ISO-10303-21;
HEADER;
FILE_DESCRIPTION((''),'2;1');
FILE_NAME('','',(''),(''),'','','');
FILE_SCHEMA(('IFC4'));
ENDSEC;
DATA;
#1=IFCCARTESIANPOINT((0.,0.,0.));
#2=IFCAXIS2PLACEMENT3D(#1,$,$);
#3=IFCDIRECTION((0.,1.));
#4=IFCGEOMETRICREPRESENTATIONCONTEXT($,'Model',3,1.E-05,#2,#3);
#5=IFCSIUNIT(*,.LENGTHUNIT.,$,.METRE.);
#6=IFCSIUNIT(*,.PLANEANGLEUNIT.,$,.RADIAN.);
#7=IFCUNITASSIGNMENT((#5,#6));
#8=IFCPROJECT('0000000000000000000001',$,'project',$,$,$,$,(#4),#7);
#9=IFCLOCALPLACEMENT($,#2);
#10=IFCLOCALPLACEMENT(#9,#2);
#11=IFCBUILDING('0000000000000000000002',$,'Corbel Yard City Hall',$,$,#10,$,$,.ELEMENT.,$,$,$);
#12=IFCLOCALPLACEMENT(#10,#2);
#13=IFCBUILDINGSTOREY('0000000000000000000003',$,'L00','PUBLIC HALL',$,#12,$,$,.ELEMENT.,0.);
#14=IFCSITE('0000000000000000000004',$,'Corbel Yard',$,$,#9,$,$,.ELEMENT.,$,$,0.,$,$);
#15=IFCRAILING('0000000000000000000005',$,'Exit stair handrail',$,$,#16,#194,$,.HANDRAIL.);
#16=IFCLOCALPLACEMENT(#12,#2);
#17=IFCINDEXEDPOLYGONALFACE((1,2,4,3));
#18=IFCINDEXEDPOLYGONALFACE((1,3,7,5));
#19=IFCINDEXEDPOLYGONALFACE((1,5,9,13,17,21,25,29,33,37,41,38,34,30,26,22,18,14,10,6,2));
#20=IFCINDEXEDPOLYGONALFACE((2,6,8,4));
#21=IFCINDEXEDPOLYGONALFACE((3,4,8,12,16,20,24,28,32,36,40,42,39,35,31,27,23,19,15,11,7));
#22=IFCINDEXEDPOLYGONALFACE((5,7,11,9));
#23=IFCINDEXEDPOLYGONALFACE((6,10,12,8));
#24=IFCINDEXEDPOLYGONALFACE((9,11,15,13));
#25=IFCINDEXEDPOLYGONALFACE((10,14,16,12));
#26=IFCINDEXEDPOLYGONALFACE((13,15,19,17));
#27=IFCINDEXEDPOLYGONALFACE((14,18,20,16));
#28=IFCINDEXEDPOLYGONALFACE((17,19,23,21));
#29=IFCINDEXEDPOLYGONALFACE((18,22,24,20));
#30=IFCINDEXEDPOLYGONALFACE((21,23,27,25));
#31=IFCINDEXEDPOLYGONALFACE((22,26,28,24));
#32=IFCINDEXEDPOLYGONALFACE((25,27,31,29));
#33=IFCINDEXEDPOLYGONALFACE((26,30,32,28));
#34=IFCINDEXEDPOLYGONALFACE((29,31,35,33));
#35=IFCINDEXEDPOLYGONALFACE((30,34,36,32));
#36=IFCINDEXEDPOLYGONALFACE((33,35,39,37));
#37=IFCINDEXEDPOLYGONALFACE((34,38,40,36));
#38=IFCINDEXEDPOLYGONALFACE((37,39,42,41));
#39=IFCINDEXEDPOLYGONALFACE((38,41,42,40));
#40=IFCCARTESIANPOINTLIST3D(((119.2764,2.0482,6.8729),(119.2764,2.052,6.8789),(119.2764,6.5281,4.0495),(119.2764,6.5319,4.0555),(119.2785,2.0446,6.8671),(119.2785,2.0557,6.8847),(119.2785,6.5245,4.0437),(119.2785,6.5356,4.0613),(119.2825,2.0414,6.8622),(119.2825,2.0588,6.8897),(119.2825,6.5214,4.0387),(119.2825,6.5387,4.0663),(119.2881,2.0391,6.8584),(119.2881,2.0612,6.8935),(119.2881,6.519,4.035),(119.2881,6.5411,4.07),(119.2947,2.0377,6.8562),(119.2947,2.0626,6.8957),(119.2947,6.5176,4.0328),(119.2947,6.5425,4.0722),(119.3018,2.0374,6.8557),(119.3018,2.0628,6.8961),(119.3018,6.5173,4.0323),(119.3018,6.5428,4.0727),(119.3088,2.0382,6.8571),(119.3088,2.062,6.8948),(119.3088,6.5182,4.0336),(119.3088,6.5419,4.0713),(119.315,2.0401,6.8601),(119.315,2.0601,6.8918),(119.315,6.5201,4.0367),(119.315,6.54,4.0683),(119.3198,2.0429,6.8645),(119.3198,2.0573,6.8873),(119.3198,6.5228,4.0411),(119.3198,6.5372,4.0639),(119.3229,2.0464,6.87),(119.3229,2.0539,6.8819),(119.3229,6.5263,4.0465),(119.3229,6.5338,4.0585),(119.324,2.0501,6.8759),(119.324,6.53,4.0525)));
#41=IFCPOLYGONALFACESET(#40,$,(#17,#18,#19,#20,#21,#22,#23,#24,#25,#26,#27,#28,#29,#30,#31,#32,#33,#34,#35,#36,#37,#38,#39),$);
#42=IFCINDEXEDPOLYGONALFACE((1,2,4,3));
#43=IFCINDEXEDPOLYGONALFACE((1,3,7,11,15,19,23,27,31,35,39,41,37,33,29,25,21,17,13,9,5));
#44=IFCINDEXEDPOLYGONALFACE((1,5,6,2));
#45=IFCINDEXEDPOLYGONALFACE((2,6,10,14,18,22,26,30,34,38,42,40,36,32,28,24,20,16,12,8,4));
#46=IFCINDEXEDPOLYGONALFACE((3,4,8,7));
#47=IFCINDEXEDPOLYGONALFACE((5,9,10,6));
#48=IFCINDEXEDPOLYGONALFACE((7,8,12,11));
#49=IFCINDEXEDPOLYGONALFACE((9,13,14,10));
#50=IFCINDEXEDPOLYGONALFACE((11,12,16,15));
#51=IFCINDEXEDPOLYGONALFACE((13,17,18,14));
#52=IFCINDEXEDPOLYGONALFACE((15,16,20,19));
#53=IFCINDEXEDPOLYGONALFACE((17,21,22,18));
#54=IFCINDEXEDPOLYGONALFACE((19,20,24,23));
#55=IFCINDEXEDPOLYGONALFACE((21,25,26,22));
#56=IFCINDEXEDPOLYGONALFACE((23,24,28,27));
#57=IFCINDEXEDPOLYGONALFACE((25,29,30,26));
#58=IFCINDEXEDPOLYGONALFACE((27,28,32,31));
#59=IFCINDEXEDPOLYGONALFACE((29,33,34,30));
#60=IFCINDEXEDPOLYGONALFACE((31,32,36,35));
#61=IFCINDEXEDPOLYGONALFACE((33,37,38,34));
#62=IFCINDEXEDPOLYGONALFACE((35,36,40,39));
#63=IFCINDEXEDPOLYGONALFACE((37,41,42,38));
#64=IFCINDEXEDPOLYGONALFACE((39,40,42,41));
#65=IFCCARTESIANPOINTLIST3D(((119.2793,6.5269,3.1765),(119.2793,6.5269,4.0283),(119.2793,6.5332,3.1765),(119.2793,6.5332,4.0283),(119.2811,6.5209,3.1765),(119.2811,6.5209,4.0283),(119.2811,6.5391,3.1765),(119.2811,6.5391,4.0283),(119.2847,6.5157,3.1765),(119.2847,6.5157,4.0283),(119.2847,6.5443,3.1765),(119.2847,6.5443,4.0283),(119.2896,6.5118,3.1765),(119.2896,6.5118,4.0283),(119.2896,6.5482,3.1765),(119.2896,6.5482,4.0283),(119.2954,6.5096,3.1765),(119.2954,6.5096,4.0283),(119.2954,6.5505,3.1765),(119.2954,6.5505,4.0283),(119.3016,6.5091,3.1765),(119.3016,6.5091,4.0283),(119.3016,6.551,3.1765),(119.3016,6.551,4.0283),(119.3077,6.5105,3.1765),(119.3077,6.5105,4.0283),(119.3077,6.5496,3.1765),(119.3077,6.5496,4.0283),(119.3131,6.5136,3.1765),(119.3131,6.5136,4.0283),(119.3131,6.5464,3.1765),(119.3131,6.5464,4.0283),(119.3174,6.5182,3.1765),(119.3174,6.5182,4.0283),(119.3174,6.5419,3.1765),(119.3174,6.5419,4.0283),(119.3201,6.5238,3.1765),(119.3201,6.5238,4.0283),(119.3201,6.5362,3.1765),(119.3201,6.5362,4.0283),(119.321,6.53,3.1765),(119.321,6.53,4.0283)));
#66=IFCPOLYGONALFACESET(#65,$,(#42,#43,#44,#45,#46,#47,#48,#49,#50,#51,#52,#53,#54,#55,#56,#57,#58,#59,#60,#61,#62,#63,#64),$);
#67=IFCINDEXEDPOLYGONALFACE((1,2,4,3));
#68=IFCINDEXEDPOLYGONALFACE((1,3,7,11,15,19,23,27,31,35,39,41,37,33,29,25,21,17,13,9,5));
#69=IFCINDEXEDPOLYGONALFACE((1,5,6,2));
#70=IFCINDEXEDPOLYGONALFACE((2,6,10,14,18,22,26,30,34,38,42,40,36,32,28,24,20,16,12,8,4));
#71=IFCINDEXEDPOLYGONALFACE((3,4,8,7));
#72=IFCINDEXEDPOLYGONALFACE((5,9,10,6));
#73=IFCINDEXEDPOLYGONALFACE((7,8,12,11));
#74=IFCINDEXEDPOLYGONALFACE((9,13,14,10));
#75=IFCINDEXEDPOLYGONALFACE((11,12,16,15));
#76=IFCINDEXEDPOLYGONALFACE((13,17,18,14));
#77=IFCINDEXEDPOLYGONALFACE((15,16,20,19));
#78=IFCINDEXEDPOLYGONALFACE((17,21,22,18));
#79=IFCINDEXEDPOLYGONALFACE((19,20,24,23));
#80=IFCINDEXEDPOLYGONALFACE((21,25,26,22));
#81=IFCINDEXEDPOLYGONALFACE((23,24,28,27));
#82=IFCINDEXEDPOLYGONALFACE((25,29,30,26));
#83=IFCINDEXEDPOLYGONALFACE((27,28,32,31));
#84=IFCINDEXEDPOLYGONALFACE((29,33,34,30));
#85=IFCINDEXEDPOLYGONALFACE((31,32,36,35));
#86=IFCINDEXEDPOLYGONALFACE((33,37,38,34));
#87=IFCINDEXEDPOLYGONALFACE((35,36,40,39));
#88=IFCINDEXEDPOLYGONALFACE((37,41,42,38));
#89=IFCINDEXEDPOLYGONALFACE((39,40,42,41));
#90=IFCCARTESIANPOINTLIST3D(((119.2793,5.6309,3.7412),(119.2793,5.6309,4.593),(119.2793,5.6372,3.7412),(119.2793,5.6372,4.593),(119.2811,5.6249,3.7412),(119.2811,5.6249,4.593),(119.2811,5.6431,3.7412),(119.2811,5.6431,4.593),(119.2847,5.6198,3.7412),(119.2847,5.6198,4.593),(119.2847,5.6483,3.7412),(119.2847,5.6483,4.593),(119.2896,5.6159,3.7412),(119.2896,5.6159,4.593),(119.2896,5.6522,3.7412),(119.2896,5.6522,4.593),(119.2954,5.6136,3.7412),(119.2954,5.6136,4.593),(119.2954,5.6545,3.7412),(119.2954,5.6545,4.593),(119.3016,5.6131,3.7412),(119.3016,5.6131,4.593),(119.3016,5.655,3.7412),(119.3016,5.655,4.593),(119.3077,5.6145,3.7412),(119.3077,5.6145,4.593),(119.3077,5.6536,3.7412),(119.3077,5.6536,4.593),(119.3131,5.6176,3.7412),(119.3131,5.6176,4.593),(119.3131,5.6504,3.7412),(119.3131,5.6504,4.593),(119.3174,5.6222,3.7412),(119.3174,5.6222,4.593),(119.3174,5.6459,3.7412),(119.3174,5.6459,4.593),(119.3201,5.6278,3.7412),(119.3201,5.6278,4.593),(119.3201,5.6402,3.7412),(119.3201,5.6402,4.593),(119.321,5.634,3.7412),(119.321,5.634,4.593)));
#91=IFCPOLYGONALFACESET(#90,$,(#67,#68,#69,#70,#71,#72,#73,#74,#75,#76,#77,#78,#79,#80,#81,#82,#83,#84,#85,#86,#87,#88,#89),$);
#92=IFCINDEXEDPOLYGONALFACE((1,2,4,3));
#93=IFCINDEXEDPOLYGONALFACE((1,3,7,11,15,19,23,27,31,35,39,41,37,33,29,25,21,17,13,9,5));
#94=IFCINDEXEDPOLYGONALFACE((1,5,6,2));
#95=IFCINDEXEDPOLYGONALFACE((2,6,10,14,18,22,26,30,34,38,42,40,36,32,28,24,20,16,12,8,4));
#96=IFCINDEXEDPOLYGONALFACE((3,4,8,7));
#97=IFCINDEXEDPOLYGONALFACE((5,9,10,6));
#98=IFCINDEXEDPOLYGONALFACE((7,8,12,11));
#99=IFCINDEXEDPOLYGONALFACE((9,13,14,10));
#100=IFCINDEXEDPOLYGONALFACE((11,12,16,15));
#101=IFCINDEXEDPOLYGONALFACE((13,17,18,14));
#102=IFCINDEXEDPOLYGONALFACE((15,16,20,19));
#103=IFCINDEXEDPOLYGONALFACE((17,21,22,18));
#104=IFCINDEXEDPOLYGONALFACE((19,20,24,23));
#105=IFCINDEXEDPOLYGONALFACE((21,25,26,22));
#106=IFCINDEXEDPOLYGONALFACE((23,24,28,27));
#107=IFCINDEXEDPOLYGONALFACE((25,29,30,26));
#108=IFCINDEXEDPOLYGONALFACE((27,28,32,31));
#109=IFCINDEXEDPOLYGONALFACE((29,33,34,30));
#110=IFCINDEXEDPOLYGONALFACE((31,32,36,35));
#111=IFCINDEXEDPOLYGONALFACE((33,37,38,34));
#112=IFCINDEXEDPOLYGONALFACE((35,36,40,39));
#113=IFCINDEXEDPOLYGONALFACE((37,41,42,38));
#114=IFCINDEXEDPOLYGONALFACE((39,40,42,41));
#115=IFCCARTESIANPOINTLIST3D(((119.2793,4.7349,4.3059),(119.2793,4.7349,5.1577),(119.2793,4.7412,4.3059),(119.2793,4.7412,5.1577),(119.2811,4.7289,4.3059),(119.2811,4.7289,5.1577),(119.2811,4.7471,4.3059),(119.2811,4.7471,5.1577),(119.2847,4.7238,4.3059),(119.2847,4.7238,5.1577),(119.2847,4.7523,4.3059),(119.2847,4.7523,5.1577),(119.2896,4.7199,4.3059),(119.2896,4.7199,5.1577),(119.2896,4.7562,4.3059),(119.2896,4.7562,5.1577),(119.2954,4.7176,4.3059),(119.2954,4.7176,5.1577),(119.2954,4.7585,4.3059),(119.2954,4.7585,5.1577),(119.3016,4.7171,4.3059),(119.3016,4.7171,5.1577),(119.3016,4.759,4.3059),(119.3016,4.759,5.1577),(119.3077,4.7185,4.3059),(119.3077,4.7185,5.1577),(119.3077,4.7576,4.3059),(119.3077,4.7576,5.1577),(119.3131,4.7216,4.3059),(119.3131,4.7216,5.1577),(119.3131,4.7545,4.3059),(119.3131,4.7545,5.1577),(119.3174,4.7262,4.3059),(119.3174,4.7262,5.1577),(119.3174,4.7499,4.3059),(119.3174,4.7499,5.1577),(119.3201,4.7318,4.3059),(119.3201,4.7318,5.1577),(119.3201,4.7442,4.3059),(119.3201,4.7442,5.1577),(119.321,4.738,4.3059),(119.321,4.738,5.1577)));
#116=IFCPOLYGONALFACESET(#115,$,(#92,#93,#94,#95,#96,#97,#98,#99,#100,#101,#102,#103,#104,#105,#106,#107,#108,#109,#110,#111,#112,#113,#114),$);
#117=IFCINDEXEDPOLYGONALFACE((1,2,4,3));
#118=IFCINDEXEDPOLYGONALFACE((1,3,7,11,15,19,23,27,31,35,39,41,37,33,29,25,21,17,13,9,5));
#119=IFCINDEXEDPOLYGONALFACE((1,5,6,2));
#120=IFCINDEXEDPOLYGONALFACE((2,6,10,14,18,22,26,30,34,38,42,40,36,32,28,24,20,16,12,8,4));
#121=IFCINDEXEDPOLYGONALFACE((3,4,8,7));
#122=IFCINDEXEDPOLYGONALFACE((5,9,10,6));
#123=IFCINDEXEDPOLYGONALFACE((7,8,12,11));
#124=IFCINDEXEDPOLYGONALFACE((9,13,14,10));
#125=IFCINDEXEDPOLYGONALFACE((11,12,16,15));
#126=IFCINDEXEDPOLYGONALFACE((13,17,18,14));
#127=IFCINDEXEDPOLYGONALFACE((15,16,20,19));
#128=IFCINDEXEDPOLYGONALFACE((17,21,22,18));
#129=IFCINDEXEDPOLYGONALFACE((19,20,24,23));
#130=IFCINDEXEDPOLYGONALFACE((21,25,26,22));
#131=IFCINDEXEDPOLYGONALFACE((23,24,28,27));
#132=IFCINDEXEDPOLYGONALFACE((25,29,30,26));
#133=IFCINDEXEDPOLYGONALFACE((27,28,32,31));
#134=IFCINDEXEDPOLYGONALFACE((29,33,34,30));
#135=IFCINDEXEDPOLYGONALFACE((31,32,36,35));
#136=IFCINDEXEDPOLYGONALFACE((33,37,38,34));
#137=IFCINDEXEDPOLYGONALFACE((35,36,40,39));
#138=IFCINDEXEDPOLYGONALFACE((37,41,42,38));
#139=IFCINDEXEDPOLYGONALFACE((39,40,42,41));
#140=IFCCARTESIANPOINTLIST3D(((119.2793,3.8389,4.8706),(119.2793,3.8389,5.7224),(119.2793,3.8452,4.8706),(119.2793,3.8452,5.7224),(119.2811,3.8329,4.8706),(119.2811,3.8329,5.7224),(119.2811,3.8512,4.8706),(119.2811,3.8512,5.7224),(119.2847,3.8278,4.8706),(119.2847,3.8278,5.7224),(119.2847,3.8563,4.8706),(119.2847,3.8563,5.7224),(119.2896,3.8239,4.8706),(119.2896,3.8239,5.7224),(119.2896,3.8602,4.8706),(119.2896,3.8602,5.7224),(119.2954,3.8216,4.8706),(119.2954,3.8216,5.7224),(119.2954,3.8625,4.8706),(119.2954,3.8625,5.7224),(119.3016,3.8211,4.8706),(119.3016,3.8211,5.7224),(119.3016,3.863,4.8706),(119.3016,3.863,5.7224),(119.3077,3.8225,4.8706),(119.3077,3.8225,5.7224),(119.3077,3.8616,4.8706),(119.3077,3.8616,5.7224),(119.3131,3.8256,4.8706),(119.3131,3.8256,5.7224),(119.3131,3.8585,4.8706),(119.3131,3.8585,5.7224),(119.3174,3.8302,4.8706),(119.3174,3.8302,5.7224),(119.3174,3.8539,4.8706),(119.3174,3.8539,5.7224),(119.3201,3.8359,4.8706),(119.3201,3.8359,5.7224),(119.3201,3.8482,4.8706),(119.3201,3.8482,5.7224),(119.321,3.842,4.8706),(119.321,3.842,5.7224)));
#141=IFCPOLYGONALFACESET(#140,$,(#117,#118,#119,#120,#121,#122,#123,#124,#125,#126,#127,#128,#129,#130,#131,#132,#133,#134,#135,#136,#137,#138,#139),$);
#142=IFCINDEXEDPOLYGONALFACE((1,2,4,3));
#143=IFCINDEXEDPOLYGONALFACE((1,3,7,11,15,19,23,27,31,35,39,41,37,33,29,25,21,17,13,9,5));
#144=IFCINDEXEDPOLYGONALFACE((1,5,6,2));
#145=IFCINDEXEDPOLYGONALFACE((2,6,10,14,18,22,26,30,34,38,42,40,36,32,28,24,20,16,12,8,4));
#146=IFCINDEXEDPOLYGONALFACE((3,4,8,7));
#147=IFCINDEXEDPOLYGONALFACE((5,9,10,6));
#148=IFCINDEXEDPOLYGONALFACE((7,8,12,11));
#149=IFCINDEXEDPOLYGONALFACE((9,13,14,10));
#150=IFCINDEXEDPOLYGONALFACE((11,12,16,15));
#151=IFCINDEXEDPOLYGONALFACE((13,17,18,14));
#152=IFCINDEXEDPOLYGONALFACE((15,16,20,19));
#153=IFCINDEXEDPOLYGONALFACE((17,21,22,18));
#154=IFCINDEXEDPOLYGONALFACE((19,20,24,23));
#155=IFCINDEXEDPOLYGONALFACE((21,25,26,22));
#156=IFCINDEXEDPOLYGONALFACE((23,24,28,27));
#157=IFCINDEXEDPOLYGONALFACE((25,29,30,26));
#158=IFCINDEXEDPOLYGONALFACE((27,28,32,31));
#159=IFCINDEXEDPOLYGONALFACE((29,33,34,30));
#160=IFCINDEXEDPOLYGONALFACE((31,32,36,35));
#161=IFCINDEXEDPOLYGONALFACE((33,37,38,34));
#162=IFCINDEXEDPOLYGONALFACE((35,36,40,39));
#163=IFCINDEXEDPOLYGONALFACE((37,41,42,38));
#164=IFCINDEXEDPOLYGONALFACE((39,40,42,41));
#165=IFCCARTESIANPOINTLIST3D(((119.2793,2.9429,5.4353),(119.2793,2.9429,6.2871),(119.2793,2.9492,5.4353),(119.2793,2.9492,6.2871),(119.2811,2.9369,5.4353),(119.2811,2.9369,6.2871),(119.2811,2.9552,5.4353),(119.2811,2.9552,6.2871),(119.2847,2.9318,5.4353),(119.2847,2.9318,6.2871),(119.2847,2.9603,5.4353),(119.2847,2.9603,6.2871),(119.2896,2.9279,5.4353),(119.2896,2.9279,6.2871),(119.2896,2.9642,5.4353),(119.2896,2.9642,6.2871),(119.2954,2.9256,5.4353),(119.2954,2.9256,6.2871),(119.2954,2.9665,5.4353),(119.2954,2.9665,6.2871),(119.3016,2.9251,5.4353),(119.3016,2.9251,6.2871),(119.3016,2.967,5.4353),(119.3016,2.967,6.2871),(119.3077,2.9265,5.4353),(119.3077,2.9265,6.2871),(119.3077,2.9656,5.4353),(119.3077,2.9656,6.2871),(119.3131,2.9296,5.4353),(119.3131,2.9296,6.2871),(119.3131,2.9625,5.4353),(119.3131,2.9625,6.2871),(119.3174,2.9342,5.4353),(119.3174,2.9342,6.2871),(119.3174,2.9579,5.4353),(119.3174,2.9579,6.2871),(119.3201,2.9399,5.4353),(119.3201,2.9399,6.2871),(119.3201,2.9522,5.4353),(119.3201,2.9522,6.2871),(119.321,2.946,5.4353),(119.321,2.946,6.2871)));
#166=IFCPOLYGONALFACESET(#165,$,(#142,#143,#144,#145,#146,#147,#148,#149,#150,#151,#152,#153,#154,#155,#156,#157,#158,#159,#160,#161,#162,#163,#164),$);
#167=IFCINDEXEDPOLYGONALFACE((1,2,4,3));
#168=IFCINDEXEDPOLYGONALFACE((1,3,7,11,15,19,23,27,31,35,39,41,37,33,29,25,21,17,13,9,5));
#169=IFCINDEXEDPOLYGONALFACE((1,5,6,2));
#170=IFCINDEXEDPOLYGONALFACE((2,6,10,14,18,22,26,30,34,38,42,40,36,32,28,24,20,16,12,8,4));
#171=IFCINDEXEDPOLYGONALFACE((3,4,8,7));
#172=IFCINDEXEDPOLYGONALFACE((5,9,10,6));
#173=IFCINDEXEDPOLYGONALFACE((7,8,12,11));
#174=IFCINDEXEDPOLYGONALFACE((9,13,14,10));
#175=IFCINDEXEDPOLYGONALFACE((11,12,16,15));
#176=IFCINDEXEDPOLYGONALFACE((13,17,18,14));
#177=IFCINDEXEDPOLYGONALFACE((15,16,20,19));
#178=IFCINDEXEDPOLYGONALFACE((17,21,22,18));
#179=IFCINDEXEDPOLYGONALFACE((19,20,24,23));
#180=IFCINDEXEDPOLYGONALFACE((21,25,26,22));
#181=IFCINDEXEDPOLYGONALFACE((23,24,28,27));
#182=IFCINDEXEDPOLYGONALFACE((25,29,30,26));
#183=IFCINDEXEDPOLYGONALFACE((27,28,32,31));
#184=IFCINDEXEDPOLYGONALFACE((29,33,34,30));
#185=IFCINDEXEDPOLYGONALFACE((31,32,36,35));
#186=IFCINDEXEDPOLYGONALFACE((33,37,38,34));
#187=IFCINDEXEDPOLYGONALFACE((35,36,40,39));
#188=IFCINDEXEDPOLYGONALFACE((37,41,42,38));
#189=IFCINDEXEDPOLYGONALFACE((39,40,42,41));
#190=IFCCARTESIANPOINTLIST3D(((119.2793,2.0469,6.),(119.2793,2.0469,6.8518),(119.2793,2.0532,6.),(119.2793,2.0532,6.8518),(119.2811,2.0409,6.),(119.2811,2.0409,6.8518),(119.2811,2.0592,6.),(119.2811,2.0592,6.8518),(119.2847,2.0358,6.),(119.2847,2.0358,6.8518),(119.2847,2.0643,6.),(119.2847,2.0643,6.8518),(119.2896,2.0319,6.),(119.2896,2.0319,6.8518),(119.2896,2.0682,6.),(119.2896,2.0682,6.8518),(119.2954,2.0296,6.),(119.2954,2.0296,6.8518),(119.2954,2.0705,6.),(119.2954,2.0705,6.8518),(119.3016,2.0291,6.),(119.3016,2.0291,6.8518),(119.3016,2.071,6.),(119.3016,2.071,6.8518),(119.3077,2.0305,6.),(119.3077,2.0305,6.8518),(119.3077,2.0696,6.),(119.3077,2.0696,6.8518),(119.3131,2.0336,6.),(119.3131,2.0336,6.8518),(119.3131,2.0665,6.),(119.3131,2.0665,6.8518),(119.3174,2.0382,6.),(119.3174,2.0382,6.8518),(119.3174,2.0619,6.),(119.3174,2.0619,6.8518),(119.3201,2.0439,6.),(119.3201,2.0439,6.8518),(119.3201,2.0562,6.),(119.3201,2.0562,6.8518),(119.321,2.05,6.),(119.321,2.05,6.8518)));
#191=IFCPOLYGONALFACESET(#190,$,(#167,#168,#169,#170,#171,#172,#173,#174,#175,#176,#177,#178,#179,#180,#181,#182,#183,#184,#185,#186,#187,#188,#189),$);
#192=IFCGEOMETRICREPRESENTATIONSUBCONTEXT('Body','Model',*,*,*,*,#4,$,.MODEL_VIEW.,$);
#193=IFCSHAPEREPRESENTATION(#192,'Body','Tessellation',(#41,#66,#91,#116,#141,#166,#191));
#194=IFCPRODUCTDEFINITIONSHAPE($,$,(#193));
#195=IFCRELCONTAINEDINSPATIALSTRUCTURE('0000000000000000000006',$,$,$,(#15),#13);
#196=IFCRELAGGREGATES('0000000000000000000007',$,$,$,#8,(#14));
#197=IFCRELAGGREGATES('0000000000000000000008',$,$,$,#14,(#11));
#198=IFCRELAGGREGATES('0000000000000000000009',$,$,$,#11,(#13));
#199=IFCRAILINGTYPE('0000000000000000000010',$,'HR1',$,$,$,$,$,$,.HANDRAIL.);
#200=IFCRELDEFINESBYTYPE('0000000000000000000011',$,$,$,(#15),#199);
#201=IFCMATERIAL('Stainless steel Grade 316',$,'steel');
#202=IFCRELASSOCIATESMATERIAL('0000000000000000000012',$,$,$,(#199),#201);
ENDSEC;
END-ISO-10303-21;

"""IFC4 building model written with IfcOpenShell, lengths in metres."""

from ifc_helpers import new_model, si_unit, direction, frame, origin, origin_2d, place, context, subcontext, project, spatial, circle, extrude, material, type_object, element, save


model = new_model("IFC4")

# Units and contexts
model_context = context("Model", 3, precision=1e-05, world=origin(), true_north=direction((0.0, 1.0)))
body_context = subcontext(model_context, "Body", "Model", "MODEL_VIEW")
ifc_project = project(units=[si_unit("LENGTHUNIT", "METRE"), si_unit("PLANEANGLEUNIT", "RADIAN")], contexts=[model_context])

# Site, building, storey
site_placement = place(None, origin())
site = spatial("IfcSite", under=ifc_project, at=site_placement, Name="Corbel Yard", CompositionType="ELEMENT", RefElevation=0.0)
building_placement = place(site_placement, origin())
building = spatial("IfcBuilding", under=site, at=building_placement, Name="Corbel Yard City Hall", CompositionType="ELEMENT")
storey_placement = place(building_placement, origin())
storey = spatial("IfcBuildingStorey", under=building, at=storey_placement, Name="L00", Description="PUBLIC HALL", CompositionType="ELEMENT", Elevation=0.0)

# Shared definitions
ifc_material_1 = material(Name="Stainless steel Grade 316", Category="steel")

# Railing
railing_type = type_object("IfcRailingType", Name="HR1", PredefinedType="HANDRAIL", material=ifc_material_1)
for number, where, name in (
    (1, (119.3, 6.53, 3.1765), "Exit stair handrail"),
):
    element("IfcRailing", number, at=place(storey_placement, frame(where)), inside=storey, type_object=railing_type, Name=name, PredefinedType="HANDRAIL", context=body_context, shape_type="SweptSolid", body=[
        extrude(circle(Radius=0.0239, at=origin_2d()), frame((0.0, 0.0, 0.876), z_axis=(0.0, -0.845998, 0.533186), x_axis=(1.0, 0.0, 0.0)), (0.0, 0.0, 1.0), 5.2954),
        extrude(circle(Radius=0.021, at=origin_2d()), origin(), (0.0, 0.0, 1.0), 0.8518),
        extrude(circle(Radius=0.021, at=origin_2d()), frame((0.0, -0.896, 0.5647)), (0.0, 0.0, 1.0), 0.8518),
        extrude(circle(Radius=0.021, at=origin_2d()), frame((0.0, -1.792, 1.1294)), (0.0, 0.0, 1.0), 0.8518),
        extrude(circle(Radius=0.021, at=origin_2d()), frame((0.0, -2.688, 1.6941)), (0.0, 0.0, 1.0), 0.8518),
        extrude(circle(Radius=0.021, at=origin_2d()), frame((0.0, -3.584, 2.2588)), (0.0, 0.0, 1.0), 0.8518),
        extrude(circle(Radius=0.021, at=origin_2d()), frame((0.0, -4.48, 2.8235)), (0.0, 0.0, 1.0), 0.8518),
    ])

save(model, "model.ifc")
